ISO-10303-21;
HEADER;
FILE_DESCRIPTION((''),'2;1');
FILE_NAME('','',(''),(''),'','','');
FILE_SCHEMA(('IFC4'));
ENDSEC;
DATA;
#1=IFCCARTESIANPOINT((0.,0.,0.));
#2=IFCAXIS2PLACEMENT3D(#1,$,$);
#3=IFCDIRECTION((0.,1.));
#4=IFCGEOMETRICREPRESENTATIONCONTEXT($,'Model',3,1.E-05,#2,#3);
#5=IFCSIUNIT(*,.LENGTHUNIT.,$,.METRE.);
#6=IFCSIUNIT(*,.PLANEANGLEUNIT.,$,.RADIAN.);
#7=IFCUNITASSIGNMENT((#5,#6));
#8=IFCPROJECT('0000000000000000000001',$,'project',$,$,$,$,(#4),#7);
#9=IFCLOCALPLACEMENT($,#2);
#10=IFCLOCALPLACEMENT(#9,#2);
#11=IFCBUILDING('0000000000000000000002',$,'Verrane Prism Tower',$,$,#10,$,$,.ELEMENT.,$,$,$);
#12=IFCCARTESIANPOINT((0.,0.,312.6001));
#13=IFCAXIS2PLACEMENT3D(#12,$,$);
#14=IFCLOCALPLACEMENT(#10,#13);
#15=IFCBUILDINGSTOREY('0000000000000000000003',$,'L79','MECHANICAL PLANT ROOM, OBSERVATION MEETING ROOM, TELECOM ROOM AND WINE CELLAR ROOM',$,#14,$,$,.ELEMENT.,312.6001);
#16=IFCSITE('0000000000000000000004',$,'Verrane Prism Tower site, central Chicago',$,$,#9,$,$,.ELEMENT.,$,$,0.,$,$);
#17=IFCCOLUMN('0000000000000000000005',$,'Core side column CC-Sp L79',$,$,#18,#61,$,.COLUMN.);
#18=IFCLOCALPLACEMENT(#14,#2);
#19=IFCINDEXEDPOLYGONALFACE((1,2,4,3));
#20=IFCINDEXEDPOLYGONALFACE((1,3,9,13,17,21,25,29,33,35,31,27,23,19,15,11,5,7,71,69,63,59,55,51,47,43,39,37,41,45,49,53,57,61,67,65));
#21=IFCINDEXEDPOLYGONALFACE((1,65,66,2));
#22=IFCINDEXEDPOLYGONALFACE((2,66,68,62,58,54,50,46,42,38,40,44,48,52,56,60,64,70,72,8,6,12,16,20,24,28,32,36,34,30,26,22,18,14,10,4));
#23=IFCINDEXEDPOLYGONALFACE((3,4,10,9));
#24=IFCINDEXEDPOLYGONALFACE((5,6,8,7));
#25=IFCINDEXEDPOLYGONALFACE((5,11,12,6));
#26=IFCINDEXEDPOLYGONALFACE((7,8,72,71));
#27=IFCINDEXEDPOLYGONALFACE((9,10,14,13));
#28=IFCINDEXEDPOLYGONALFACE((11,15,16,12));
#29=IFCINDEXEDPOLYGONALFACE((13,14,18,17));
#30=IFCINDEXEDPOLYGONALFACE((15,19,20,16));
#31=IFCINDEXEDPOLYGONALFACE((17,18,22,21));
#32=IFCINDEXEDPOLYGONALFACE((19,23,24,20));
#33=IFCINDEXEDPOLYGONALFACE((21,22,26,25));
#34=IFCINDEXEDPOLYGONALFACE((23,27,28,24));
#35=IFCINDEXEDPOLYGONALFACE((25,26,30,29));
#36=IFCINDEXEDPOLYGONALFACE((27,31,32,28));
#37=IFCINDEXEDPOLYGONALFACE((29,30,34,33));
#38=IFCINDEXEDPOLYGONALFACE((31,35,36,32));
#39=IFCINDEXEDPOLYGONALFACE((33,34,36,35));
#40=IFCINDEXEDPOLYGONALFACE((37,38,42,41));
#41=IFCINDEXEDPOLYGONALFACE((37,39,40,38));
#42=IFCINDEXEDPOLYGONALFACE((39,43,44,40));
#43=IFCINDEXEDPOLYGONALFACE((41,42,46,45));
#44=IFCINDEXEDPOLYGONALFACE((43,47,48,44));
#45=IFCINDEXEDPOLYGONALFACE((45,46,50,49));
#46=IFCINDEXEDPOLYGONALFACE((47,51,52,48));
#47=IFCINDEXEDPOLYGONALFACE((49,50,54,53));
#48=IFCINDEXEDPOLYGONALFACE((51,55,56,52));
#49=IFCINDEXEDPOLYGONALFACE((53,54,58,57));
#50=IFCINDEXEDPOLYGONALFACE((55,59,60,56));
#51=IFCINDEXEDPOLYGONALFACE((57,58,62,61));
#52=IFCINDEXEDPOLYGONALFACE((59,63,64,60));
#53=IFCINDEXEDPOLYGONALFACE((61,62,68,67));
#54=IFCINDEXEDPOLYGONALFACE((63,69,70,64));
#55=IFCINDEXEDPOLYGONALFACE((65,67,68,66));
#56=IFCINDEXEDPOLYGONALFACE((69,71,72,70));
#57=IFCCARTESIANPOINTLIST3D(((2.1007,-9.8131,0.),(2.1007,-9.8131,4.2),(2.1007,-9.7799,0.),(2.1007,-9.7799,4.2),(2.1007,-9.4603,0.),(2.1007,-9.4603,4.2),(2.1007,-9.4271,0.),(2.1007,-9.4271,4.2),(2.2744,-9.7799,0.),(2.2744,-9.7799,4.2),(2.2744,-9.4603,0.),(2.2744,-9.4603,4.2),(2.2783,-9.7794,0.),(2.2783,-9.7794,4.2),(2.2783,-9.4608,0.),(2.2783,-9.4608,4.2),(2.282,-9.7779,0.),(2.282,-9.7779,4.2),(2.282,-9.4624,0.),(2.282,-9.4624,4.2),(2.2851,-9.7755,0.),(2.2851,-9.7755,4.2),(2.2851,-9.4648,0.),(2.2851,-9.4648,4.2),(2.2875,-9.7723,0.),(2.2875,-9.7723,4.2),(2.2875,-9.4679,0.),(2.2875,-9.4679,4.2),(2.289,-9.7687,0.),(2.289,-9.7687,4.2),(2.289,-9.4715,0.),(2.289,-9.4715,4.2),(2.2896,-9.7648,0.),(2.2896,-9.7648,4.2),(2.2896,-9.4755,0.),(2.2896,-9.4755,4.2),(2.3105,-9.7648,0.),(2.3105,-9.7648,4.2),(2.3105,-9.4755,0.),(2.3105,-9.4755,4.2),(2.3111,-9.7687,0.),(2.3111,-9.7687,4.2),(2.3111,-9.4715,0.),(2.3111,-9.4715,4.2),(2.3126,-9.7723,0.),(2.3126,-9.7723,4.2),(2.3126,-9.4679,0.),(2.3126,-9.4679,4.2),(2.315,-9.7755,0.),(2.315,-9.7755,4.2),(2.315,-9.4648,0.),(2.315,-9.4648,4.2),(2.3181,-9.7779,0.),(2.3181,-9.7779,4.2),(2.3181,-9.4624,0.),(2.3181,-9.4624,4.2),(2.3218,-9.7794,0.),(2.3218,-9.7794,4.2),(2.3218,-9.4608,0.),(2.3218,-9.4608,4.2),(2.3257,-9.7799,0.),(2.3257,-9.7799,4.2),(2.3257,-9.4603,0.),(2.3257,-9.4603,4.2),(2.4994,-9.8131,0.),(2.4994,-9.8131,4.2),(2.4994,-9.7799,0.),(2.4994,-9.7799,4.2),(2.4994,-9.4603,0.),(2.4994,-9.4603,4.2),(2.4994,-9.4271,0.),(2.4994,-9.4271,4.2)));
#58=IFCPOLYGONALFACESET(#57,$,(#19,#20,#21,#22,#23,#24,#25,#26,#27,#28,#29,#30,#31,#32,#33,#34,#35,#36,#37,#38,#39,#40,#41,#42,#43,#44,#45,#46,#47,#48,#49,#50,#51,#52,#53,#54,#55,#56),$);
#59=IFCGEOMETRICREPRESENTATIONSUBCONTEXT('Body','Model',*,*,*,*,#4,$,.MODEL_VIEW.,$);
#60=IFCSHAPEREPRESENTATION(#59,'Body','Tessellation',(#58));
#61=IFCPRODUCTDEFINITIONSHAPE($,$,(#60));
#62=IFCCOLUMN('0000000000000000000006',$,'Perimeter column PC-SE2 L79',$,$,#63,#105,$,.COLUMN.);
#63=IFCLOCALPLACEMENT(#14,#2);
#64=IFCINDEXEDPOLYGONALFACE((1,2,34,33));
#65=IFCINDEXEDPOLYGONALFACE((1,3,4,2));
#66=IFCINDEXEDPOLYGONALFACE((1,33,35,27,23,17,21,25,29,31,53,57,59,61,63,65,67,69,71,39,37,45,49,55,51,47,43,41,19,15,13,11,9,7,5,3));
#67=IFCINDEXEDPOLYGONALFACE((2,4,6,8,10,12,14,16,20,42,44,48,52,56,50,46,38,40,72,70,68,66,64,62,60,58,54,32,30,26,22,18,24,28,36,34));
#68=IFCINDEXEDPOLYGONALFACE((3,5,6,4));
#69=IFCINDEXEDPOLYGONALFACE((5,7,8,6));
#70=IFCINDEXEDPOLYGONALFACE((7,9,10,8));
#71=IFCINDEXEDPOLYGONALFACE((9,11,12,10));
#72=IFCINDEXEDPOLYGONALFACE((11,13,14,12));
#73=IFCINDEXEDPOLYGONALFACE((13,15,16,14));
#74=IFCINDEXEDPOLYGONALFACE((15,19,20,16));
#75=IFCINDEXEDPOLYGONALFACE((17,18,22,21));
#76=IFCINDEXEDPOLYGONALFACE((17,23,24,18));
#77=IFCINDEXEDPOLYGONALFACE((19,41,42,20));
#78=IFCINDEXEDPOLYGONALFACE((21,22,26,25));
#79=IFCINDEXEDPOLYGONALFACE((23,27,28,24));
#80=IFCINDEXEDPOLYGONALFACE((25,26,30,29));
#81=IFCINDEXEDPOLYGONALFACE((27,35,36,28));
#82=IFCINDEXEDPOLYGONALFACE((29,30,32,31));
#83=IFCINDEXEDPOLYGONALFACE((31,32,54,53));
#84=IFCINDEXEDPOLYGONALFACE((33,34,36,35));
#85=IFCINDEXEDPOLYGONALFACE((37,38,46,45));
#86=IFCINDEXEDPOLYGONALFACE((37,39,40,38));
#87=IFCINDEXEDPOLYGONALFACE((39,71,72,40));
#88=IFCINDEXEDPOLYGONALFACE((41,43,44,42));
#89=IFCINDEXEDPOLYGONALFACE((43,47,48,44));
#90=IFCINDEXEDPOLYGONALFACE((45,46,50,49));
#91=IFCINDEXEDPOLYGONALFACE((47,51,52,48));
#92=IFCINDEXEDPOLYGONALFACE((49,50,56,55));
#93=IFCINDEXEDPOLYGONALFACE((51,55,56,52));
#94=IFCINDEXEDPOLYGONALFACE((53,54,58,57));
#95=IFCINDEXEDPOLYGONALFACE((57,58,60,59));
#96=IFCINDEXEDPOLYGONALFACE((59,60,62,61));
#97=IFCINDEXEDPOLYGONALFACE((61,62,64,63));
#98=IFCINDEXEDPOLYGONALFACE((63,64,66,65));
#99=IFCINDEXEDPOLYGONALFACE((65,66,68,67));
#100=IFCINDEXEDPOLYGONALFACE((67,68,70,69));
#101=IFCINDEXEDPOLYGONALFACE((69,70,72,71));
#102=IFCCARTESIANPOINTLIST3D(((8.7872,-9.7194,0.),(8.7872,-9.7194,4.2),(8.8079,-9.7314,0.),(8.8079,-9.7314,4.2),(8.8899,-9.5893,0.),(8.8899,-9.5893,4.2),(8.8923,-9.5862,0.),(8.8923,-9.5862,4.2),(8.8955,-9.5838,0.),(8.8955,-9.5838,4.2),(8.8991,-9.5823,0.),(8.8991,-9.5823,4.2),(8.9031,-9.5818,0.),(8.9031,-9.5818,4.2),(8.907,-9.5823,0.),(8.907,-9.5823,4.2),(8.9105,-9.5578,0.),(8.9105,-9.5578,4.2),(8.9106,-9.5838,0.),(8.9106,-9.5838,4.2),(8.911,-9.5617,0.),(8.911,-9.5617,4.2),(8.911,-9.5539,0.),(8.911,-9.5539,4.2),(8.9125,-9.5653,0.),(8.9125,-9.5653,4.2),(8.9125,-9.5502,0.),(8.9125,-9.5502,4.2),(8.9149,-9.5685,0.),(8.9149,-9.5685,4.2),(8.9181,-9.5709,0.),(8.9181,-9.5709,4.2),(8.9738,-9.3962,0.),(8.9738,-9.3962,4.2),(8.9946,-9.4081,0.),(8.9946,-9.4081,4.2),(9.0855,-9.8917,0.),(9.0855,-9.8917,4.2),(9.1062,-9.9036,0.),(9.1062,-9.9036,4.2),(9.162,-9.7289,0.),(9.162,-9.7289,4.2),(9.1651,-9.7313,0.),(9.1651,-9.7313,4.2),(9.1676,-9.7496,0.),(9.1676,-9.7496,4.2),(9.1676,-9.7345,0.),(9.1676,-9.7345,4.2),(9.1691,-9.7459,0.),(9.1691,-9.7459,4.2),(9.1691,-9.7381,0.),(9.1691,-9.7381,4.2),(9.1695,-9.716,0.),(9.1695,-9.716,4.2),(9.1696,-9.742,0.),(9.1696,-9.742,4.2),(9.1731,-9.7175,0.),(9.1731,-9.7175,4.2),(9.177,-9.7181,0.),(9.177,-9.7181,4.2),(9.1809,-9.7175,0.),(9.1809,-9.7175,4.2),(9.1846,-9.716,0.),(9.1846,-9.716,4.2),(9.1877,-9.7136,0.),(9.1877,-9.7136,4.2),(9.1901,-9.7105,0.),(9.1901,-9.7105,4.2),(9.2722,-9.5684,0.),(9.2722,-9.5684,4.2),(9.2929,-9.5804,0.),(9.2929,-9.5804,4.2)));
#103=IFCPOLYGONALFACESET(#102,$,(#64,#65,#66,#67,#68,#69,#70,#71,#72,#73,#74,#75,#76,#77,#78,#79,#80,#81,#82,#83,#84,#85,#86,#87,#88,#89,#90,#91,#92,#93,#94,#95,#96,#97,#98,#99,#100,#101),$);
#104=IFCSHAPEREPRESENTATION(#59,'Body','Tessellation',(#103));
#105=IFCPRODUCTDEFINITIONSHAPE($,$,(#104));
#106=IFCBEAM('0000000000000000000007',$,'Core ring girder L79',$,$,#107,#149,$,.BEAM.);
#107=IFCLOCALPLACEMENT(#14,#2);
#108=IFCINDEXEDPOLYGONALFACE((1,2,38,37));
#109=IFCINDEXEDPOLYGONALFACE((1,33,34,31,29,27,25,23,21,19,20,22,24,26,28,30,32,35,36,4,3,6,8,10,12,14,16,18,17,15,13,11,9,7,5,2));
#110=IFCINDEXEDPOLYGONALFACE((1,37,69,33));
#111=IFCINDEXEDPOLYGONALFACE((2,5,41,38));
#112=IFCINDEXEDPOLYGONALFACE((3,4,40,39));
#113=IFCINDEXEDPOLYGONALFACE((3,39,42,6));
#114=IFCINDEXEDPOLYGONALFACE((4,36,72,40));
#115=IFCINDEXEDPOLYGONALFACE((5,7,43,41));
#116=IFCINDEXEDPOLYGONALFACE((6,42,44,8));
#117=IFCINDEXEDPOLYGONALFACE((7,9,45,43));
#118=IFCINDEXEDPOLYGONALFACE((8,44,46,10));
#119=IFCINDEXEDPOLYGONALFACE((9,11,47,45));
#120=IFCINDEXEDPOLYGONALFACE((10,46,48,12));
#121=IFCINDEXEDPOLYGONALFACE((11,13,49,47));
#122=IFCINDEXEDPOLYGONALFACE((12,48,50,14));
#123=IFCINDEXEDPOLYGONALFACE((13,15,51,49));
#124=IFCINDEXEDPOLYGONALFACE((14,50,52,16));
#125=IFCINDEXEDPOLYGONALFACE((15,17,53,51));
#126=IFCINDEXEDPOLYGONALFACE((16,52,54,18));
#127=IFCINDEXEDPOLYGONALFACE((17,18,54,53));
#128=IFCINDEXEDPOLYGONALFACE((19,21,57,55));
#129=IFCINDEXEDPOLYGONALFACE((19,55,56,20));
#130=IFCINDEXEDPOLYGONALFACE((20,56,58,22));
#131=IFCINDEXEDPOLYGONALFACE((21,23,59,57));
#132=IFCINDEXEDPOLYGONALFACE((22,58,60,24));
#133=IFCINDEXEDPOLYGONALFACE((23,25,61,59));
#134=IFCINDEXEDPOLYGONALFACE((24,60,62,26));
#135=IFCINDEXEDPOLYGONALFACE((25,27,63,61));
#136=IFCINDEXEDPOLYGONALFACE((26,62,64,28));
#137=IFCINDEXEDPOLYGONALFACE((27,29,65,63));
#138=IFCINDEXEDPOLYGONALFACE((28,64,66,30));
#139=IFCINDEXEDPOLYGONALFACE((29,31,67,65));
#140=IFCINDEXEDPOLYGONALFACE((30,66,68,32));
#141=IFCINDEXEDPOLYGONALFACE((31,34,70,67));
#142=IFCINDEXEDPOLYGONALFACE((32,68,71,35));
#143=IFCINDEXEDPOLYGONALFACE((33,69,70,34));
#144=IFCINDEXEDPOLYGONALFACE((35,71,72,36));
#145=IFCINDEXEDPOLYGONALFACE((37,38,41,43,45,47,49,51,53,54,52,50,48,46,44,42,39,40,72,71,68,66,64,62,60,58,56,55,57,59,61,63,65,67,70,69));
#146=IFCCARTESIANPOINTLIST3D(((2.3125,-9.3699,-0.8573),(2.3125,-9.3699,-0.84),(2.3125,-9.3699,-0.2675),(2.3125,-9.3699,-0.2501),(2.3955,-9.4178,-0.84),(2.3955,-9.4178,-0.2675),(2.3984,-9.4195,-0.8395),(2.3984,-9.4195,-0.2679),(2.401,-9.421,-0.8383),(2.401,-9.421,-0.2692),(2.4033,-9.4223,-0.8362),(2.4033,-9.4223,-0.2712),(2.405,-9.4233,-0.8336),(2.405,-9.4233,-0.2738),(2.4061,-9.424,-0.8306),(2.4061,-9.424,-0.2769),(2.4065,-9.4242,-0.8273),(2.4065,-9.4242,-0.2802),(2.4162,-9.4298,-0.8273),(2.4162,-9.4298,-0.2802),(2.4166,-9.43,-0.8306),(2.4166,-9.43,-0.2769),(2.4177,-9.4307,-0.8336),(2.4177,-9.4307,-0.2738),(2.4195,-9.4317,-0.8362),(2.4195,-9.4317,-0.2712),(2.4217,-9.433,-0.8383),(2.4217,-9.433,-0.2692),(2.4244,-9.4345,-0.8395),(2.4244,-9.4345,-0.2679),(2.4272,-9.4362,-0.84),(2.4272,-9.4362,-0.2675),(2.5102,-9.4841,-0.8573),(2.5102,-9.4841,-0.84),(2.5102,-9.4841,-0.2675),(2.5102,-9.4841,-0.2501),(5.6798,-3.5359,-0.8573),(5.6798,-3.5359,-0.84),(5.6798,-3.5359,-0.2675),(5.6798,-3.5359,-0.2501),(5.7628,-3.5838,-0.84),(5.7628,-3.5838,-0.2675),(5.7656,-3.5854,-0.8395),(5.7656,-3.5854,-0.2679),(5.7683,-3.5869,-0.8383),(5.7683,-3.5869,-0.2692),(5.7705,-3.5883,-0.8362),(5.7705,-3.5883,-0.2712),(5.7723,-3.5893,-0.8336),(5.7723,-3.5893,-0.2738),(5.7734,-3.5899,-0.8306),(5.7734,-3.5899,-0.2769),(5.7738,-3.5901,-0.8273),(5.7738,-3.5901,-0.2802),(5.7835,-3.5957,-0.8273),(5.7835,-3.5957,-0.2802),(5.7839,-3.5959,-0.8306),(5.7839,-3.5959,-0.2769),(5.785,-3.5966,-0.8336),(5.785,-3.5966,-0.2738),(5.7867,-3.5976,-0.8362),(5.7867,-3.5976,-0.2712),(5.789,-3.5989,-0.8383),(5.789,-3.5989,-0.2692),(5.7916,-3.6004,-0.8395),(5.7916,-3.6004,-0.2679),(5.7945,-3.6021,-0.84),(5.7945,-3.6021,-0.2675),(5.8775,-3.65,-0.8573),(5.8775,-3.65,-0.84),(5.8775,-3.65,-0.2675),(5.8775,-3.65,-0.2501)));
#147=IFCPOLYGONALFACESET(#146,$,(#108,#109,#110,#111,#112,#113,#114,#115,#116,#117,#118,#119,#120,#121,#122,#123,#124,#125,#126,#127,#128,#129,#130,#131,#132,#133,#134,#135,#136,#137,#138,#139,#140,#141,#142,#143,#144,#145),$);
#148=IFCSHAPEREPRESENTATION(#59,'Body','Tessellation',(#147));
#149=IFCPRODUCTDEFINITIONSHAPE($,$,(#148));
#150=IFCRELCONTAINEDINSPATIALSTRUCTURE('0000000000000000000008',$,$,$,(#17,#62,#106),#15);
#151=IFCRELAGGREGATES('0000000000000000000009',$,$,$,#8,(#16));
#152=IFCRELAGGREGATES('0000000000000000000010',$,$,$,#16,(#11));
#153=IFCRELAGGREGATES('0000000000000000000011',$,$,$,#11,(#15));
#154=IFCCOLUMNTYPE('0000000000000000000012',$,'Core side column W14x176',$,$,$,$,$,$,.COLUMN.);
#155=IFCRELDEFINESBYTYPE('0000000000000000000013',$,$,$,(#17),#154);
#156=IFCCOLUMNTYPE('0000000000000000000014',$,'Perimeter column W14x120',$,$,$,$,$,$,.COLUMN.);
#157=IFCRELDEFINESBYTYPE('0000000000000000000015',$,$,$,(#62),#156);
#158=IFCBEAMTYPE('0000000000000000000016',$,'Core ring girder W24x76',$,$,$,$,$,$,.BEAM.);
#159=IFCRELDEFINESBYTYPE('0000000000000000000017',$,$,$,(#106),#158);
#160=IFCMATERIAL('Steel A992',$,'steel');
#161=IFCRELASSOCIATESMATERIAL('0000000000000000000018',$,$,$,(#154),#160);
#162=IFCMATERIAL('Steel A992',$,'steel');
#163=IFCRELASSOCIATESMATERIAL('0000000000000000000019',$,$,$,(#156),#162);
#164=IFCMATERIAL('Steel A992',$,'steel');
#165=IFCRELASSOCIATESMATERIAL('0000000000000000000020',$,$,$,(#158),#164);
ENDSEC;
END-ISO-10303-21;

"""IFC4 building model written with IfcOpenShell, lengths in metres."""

from ifc_helpers import new_model, si_unit, direction, frame, origin, origin_2d, place, context, subcontext, project, spatial, i_section, extrude, material, material_profile, profile_set, type_object, element, save


model = new_model("IFC4")

# Units and contexts
model_context = context("Model", 3, precision=1e-05, world=origin(), true_north=direction((0.0, 1.0)))
body_context = subcontext(model_context, "Body", "Model", "MODEL_VIEW")
ifc_project = project(units=[si_unit("LENGTHUNIT", "METRE"), si_unit("PLANEANGLEUNIT", "RADIAN")], contexts=[model_context])

# Site, building, storey
site_placement = place(None, origin())
site = spatial("IfcSite", under=ifc_project, at=site_placement, Name="Verrane Prism Tower site, central Chicago", CompositionType="ELEMENT", RefElevation=0.0)
building_placement = place(site_placement, origin())
building = spatial("IfcBuilding", under=site, at=building_placement, Name="Verrane Prism Tower", CompositionType="ELEMENT")
storey_placement = place(building_placement, frame((0.0, 0.0, 312.6001)))
storey = spatial("IfcBuildingStorey", under=building, at=storey_placement, Name="L79", Description="MECHANICAL PLANT ROOM, OBSERVATION MEETING ROOM, TELECOM ROOM AND WINE CELLAR ROOM", CompositionType="ELEMENT", Elevation=312.6001)

# Columns
ifc_material_1 = material(Name="Steel A992", Category="steel")
ifc_material_profile_1 = material_profile(ifc_material_1, i_section(OverallWidth=0.3987, OverallDepth=0.386, WebThickness=0.021, FlangeThickness=0.0332, FilletRadius=0.0151, at=origin_2d()), Name="W14x176")
ifc_profile_set_1 = profile_set([ifc_material_profile_1], Name="Steel A992")
column_type_1 = type_object("IfcColumnType", Name="Core side column W14x176", PredefinedType="COLUMN", material=ifc_profile_set_1)
column_1_placement = place(storey_placement, frame((2.3, -9.6201, 0.0), z_axis=(0.0, 0.0, 1.0), x_axis=(1.0, 0.0, 0.0)))
element("IfcColumn", 1, at=column_1_placement, inside=storey, type_object=column_type_1, Name="Core side column CC-Sp L79", PredefinedType="COLUMN", context=body_context, shape_type="SweptSolid", body=[
    extrude(i_section(OverallWidth=0.3987, OverallDepth=0.386, WebThickness=0.021, FlangeThickness=0.0332, FilletRadius=0.0151, at=origin_2d()), origin(), (0.0, 0.0, 1.0), 4.2),
])
ifc_material_2 = material(Name="Steel A992", Category="steel")
ifc_material_profile_2 = material_profile(ifc_material_2, i_section(OverallWidth=0.3733, OverallDepth=0.3684, WebThickness=0.0149, FlangeThickness=0.0239, FilletRadius=0.0151, at=origin_2d()), Name="W14x120")
ifc_profile_set_2 = profile_set([ifc_material_profile_2], Name="Steel A992")
column_type_2 = type_object("IfcColumnType", Name="Perimeter column W14x120", PredefinedType="COLUMN", material=ifc_profile_set_2)
column_2_placement = place(storey_placement, frame((9.04, -9.6499, 0.0), z_axis=(0.0, 0.0, 1.0), x_axis=(-0.5, -0.866025, 0.0)))
element("IfcColumn", 2, at=column_2_placement, inside=storey, type_object=column_type_2, Name="Perimeter column PC-SE2 L79", PredefinedType="COLUMN", context=body_context, shape_type="SweptSolid", body=[
    extrude(i_section(OverallWidth=0.3733, OverallDepth=0.3684, WebThickness=0.0149, FlangeThickness=0.0239, FilletRadius=0.0151, at=origin_2d()), origin(), (0.0, 0.0, 1.0), 4.2),
])

# Beam
ifc_material_3 = material(Name="Steel A992", Category="steel")
ifc_material_profile_3 = material_profile(ifc_material_3, i_section(OverallWidth=0.2283, OverallDepth=0.6072, WebThickness=0.0112, FlangeThickness=0.0173, FilletRadius=0.0127, at=origin_2d()), Name="W24x76")
ifc_profile_set_3 = profile_set([ifc_material_profile_3], Name="Steel A992")
beam_type_1 = type_object("IfcBeamType", Name="Core ring girder W24x76", PredefinedType="BEAM", material=ifc_profile_set_3)
beam_1_placement = place(storey_placement, frame((2.4114, -9.427, -0.5537), z_axis=(0.499881, 0.866094, 0.0), x_axis=(-0.866094, 0.499881, 0.0)))
element("IfcBeam", 3, at=beam_1_placement, inside=storey, type_object=beam_type_1, Name="Core ring girder L79", PredefinedType="BEAM", context=body_context, shape_type="SweptSolid", body=[
    extrude(i_section(OverallWidth=0.2283, OverallDepth=0.6072, WebThickness=0.0112, FlangeThickness=0.0173, FilletRadius=0.0127, at=origin_2d()), origin(), (0.0, 0.0, 1.0), 6.7361),
])

save(model, "model.ifc")
